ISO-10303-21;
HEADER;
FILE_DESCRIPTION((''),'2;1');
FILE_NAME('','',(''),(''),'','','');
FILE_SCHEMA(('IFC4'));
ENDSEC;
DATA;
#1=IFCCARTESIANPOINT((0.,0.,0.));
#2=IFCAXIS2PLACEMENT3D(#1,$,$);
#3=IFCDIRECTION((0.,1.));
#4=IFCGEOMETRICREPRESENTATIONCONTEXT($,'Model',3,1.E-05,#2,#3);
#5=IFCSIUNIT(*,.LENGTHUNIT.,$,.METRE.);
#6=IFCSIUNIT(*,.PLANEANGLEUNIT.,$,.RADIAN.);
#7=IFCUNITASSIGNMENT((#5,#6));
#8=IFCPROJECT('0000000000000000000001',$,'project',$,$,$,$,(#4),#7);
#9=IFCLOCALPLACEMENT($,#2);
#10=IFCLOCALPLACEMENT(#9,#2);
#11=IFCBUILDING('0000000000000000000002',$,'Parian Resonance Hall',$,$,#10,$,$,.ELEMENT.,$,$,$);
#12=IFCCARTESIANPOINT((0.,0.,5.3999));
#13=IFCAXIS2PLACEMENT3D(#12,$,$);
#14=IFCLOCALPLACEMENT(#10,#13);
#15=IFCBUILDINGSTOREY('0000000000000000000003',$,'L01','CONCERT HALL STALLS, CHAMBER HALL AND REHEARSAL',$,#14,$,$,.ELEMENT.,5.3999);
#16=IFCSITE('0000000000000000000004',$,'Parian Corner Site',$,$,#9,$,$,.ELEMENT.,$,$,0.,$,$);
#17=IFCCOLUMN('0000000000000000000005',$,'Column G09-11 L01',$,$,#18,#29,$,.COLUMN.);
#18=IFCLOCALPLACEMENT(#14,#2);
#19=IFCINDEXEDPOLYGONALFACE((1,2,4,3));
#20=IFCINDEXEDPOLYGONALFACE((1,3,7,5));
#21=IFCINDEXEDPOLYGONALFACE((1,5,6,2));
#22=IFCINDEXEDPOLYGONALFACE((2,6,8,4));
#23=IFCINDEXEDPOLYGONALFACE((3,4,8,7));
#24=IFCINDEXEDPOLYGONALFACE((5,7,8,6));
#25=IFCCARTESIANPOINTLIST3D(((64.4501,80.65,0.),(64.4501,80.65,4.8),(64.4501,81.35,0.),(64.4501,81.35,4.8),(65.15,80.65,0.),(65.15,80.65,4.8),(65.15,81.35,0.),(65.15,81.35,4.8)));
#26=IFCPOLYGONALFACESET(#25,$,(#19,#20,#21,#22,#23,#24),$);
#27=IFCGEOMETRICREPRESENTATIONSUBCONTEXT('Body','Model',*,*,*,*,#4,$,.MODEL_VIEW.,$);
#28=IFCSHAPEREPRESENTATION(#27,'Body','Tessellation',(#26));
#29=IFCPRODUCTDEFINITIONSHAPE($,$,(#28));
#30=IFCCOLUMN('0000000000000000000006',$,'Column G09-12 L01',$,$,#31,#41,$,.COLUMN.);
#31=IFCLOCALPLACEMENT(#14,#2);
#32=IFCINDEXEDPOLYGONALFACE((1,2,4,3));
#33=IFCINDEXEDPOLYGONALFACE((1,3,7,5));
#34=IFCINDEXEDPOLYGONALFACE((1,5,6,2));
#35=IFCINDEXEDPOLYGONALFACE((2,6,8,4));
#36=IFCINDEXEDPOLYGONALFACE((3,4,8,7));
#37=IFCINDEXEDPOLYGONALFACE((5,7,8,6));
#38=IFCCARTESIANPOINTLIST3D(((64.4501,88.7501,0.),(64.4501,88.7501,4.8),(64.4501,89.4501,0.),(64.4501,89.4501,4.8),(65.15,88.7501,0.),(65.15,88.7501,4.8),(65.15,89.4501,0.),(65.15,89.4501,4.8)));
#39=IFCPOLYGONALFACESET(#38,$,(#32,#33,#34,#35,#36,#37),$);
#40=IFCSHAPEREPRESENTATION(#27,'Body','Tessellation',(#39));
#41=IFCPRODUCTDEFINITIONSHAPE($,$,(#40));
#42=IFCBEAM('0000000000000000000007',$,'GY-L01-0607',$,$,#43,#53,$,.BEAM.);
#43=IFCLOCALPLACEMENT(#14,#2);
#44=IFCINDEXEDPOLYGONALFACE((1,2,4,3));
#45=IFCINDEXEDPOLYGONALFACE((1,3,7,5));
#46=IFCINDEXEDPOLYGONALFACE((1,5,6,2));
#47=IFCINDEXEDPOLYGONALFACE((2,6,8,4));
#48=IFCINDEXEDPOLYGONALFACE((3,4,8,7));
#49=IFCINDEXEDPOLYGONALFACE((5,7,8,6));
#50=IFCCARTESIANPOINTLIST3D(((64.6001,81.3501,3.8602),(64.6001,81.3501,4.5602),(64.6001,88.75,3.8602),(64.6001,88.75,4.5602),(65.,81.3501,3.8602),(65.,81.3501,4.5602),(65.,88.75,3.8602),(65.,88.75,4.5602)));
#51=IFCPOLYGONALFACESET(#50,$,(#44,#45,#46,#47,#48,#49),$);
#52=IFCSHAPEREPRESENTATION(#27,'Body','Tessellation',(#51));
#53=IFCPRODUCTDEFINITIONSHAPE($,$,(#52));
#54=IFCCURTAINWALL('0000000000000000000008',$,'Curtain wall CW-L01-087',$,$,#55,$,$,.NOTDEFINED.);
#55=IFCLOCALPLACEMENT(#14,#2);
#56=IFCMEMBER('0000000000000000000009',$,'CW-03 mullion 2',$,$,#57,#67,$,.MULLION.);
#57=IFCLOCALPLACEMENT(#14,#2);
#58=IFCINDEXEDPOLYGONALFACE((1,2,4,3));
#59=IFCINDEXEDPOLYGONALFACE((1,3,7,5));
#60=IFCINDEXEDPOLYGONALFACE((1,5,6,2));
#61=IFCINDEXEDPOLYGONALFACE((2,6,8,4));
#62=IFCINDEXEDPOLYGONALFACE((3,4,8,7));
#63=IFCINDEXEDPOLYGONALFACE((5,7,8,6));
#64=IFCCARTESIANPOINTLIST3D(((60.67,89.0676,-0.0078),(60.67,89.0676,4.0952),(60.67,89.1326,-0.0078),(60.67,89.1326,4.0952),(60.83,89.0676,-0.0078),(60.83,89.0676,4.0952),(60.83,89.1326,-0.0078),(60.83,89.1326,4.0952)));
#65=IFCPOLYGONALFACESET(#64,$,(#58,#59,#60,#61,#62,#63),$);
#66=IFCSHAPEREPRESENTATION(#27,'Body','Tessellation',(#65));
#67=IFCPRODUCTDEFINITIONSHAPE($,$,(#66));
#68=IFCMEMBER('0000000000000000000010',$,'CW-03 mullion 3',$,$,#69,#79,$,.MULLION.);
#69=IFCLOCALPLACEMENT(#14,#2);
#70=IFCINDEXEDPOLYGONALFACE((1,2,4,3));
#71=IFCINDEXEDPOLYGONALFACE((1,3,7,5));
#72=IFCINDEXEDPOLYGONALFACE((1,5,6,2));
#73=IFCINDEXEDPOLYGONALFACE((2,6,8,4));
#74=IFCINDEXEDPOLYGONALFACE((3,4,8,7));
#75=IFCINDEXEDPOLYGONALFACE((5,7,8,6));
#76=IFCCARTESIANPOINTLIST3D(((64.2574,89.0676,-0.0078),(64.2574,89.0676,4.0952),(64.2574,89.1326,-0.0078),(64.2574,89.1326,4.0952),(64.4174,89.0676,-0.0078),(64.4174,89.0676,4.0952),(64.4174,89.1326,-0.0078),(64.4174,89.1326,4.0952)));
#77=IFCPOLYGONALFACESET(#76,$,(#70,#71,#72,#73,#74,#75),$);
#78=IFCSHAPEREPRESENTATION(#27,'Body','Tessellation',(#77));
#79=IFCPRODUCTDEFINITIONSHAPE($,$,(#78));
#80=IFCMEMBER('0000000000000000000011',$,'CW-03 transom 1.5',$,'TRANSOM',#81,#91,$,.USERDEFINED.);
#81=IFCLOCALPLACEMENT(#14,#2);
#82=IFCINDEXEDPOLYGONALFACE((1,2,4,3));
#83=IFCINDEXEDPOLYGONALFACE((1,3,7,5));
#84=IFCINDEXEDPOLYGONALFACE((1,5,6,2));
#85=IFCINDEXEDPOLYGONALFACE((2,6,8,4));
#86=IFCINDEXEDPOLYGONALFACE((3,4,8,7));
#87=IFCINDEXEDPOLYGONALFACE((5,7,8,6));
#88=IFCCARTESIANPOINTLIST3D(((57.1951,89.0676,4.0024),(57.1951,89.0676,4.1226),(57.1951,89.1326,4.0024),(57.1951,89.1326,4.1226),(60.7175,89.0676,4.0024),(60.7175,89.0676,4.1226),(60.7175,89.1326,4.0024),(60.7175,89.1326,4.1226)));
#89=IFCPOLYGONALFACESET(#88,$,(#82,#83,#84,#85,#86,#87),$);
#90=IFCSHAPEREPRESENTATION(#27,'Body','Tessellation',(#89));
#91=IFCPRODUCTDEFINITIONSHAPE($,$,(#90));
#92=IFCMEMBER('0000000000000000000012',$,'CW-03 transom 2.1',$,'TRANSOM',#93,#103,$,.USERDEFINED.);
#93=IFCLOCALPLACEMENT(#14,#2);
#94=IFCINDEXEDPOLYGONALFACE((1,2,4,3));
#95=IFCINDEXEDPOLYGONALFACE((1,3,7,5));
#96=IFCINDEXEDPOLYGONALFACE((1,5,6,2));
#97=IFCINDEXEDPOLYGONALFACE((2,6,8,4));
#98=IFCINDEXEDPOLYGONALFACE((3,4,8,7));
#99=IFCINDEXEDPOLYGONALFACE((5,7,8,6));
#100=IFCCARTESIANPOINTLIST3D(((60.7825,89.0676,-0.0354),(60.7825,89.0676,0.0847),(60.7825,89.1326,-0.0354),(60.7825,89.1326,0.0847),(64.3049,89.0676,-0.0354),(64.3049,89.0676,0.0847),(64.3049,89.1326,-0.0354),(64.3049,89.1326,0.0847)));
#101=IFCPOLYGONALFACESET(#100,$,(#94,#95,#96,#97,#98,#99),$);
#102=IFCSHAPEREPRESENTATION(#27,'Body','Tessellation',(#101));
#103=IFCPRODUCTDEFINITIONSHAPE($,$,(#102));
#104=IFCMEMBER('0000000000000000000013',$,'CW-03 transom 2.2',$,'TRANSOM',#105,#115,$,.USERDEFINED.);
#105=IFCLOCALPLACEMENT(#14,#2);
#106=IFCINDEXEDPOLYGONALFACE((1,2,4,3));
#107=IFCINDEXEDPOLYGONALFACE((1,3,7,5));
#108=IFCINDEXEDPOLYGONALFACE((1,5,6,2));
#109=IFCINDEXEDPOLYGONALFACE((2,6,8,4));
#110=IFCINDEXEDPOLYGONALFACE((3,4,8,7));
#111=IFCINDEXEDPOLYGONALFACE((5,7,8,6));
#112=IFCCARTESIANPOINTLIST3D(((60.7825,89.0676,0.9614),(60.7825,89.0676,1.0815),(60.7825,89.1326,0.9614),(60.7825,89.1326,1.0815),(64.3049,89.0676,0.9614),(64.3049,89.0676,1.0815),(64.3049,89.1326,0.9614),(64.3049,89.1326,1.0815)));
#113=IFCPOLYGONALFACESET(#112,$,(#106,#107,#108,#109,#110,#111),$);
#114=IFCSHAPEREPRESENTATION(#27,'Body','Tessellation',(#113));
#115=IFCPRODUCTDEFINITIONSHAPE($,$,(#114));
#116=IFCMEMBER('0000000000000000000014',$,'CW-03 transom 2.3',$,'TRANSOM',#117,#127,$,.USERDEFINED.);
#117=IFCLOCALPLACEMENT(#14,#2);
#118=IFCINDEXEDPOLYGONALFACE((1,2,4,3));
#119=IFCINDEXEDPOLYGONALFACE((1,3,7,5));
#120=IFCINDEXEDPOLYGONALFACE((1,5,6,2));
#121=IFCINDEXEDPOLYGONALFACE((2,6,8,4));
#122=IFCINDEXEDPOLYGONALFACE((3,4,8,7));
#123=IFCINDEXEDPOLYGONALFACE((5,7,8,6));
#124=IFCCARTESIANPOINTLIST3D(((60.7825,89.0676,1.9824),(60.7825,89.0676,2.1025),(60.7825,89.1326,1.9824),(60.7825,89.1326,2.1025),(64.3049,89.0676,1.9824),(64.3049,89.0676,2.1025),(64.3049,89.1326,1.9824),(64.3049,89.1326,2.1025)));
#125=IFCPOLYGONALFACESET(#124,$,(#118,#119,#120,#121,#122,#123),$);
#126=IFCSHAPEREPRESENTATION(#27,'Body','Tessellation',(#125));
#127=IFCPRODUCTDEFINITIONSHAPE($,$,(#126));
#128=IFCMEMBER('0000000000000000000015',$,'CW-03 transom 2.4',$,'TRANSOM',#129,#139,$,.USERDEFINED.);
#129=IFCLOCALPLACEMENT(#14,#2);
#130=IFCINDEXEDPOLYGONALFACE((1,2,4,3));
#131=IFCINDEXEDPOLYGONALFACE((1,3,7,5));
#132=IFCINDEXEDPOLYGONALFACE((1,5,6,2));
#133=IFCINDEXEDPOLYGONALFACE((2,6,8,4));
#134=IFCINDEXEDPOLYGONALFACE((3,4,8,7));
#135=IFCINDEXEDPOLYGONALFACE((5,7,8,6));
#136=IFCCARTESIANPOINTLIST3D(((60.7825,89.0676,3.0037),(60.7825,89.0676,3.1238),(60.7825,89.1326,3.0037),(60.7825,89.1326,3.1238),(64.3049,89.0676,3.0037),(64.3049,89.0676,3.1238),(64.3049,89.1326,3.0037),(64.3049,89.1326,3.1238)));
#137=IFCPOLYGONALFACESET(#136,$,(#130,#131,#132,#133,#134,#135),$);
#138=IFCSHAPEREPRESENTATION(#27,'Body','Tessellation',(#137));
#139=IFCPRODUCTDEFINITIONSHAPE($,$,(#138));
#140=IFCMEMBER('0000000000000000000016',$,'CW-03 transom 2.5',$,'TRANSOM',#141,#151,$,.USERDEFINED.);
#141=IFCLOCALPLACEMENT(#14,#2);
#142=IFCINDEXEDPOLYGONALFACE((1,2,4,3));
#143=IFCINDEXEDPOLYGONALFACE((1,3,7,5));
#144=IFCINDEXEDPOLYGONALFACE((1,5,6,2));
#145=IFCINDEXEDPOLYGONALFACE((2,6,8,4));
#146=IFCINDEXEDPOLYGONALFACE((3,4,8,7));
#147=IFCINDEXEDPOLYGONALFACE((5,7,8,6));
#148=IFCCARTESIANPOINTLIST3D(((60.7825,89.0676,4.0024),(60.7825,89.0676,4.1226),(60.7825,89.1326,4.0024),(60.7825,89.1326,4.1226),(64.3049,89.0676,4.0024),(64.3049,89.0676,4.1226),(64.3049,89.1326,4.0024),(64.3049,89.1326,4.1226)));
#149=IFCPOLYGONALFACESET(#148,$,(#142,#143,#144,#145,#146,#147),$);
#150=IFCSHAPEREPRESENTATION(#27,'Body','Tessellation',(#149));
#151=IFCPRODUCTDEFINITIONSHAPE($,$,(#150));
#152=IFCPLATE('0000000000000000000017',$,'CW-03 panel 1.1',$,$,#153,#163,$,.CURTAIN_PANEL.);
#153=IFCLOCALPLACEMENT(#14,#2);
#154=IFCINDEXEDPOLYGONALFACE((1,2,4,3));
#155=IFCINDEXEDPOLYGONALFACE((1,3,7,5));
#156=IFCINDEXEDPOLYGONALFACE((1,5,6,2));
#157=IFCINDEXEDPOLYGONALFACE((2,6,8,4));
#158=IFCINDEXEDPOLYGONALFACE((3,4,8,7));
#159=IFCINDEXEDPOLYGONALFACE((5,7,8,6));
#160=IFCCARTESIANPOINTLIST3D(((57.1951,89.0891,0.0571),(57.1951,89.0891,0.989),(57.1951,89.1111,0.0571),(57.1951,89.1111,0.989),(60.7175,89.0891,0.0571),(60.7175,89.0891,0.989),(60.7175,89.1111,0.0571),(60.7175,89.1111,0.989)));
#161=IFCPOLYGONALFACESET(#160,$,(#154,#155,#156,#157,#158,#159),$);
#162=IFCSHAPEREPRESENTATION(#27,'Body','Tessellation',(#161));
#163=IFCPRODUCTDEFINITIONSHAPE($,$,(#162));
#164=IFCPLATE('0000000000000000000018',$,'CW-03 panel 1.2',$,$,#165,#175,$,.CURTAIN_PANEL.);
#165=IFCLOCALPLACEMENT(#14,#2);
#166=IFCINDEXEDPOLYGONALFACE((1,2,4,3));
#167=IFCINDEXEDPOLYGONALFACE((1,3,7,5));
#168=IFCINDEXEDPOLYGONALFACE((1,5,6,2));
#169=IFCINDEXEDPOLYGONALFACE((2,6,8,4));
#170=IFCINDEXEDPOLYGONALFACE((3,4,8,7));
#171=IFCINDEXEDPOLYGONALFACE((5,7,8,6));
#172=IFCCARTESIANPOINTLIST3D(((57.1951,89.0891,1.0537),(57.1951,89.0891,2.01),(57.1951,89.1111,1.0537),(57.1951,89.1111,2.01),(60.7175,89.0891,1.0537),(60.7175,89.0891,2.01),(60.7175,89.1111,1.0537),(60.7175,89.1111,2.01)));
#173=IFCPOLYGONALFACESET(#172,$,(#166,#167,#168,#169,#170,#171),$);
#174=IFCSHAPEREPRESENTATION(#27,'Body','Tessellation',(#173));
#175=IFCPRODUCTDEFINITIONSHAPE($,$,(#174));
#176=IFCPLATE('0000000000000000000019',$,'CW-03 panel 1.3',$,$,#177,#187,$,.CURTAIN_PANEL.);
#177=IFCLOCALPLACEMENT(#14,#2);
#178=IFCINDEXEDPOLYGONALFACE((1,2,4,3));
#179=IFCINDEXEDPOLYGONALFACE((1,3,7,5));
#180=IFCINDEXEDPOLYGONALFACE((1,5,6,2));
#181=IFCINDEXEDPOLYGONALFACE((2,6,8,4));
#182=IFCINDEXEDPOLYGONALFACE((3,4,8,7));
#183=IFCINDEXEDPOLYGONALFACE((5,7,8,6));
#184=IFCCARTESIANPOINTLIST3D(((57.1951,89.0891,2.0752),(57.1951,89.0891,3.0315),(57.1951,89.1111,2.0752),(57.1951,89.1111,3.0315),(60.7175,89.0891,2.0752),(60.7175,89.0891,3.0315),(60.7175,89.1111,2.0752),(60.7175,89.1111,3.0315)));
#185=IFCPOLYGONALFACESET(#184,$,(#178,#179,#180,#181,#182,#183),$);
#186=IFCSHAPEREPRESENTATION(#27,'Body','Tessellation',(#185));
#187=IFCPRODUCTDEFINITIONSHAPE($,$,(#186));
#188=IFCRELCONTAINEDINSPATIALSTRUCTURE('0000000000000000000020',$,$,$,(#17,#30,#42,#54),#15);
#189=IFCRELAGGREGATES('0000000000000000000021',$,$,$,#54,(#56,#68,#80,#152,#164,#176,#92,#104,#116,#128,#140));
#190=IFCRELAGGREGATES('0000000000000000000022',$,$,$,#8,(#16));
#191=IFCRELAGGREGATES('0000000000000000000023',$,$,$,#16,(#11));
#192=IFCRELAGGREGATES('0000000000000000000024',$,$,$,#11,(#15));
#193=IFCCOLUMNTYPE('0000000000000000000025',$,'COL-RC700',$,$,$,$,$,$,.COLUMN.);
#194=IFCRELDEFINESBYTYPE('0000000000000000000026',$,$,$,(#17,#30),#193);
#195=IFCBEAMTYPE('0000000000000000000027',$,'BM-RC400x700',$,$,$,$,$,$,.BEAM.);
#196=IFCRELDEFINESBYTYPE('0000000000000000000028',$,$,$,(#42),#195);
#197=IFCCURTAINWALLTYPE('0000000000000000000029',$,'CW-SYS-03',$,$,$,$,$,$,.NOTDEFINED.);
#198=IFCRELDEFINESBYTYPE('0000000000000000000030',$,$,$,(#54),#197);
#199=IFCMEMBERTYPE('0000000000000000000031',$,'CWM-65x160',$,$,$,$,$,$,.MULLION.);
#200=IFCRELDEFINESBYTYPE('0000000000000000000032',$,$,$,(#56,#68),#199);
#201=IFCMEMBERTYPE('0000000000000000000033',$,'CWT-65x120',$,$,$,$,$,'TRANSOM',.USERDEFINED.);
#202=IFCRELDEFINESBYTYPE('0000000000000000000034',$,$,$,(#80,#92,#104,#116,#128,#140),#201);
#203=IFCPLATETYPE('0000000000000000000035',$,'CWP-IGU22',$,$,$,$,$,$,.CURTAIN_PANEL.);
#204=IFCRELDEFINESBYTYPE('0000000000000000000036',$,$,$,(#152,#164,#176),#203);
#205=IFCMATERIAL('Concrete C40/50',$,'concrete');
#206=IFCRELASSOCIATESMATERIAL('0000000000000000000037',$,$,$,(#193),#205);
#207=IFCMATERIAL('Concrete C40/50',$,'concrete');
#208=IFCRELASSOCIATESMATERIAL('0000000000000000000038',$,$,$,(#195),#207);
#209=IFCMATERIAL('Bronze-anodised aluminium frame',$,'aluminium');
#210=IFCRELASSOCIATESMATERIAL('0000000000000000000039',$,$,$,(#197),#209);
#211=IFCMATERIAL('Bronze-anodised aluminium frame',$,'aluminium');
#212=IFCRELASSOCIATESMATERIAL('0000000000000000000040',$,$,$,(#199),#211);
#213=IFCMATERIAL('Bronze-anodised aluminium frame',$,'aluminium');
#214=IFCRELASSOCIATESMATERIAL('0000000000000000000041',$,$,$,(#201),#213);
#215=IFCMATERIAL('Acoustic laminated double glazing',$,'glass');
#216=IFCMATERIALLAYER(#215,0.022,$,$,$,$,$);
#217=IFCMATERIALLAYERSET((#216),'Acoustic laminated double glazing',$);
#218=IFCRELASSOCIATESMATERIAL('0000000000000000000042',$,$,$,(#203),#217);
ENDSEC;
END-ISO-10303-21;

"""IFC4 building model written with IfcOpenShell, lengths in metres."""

from ifc_helpers import new_model, si_unit, direction, frame, origin, origin_2d, place, context, subcontext, project, spatial, rectangle, extrude, material, layer, layer_set, material_profile, profile_set, type_object, element, aggregate, save


model = new_model("IFC4")

# Units and contexts
model_context = context("Model", 3, precision=1e-05, world=origin(), true_north=direction((0.0, 1.0)))
body_context = subcontext(model_context, "Body", "Model", "MODEL_VIEW")
ifc_project = project(units=[si_unit("LENGTHUNIT", "METRE"), si_unit("PLANEANGLEUNIT", "RADIAN")], contexts=[model_context])

# Site, building, storey
site_placement = place(None, origin())
site = spatial("IfcSite", under=ifc_project, at=site_placement, Name="Parian Corner Site", CompositionType="ELEMENT", RefElevation=0.0)
building_placement = place(site_placement, origin())
building = spatial("IfcBuilding", under=site, at=building_placement, Name="Parian Resonance Hall", CompositionType="ELEMENT")
storey_placement = place(building_placement, frame((0.0, 0.0, 5.3999)))
storey = spatial("IfcBuildingStorey", under=building, at=storey_placement, Name="L01", Description="CONCERT HALL STALLS, CHAMBER HALL AND REHEARSAL", CompositionType="ELEMENT", Elevation=5.3999)

# Columns
ifc_material_1 = material(Name="Concrete C40/50", Category="concrete")
ifc_material_profile_1 = material_profile(ifc_material_1, rectangle(XDim=0.7, YDim=0.7, at=origin_2d()), Name="RC-COL-700x700")
ifc_profile_set_1 = profile_set([ifc_material_profile_1], Name="Concrete C40/50")
column_type = type_object("IfcColumnType", Name="COL-RC700", PredefinedType="COLUMN", material=ifc_profile_set_1)
for number, where, z_axis, x_axis, name in (
    (1, (64.8, 81.0, 0.0), (0.0, 0.0, 1.0), (1.0, 0.0, 0.0), "Column G09-11 L01"),
    (2, (64.8, 89.1001, 0.0), (0.0, 0.0, 1.0), (1.0, 0.0, 0.0), "Column G09-12 L01"),
):
    element("IfcColumn", number, at=place(storey_placement, frame(where, z_axis=z_axis, x_axis=x_axis)), inside=storey, type_object=column_type, Name=name, PredefinedType="COLUMN", context=body_context, shape_type="SweptSolid", body=[
        extrude(rectangle(XDim=0.7, YDim=0.7, at=origin_2d()), origin(), (0.0, 0.0, 1.0), 4.8),
    ])

# Beam
ifc_material_2 = material(Name="Concrete C40/50", Category="concrete")
ifc_material_profile_2 = material_profile(ifc_material_2, rectangle(XDim=0.3999, YDim=0.7, at=origin_2d()), Name="RC-BM-400x700")
ifc_profile_set_2 = profile_set([ifc_material_profile_2], Name="Concrete C40/50")
beam_type = type_object("IfcBeamType", Name="BM-RC400x700", PredefinedType="BEAM", material=ifc_profile_set_2)
beam_placement = place(storey_placement, frame((64.8, 81.3501, 4.2102), z_axis=(0.0, 1.0, 0.0), x_axis=(-1.0, 0.0, 0.0)))
element("IfcBeam", 3, at=beam_placement, inside=storey, type_object=beam_type, Name="GY-L01-0607", PredefinedType="BEAM", context=body_context, shape_type="SweptSolid", body=[
    extrude(rectangle(XDim=0.3999, YDim=0.7, at=origin_2d()), origin(), (0.0, 0.0, 1.0), 7.3999),
])

# Curtain wall, members, plates
ifc_material_3 = material(Name="Bronze-anodised aluminium frame", Category="aluminium")
curtain_wall_type = type_object("IfcCurtainWallType", Name="CW-SYS-03", PredefinedType="NOTDEFINED", material=ifc_material_3)
curtain_wall_placement = place(storey_placement, origin())
curtain_wall = element("IfcCurtainWall", 4, at=curtain_wall_placement, inside=storey, type_object=curtain_wall_type, Name="Curtain wall CW-L01-087", PredefinedType="NOTDEFINED")
ifc_material_4 = material(Name="Bronze-anodised aluminium frame", Category="aluminium")
ifc_material_profile_3 = material_profile(ifc_material_4, rectangle(XDim=0.0649, YDim=0.1599, at=origin_2d()), Name="CWM-65x160")
ifc_profile_set_3 = profile_set([ifc_material_profile_3], Name="Bronze-anodised aluminium frame")
member_type_1 = type_object("IfcMemberType", Name="CWM-65x160", PredefinedType="MULLION", material=ifc_profile_set_3)
member_1_placement = place(storey_placement, frame((60.75, 89.1001, -0.0078), z_axis=(0.0, 0.0, 1.0), x_axis=(0.0, 1.0, 0.0)))
member_1 = element("IfcMember", 5, at=member_1_placement, type_object=member_type_1, Name="CW-03 mullion 2", PredefinedType="MULLION", context=body_context, shape_type="SweptSolid", body=[
    extrude(rectangle(XDim=0.0649, YDim=0.1599, at=origin_2d()), origin(), (0.0, 0.0, 1.0), 4.103),
])
member_2_placement = place(storey_placement, frame((64.3374, 89.1001, -0.0078), z_axis=(0.0, 0.0, 1.0), x_axis=(0.0, 1.0, 0.0)))
member_2 = element("IfcMember", 6, at=member_2_placement, type_object=member_type_1, Name="CW-03 mullion 3", PredefinedType="MULLION", context=body_context, shape_type="SweptSolid", body=[
    extrude(rectangle(XDim=0.0649, YDim=0.1599, at=origin_2d()), origin(), (0.0, 0.0, 1.0), 4.103),
])
ifc_material_5 = material(Name="Bronze-anodised aluminium frame", Category="aluminium")
ifc_material_profile_4 = material_profile(ifc_material_5, rectangle(XDim=0.0649, YDim=0.1201, at=origin_2d()), Name="CWT-65x120")
ifc_profile_set_4 = profile_set([ifc_material_profile_4], Name="Bronze-anodised aluminium frame")
member_type_2 = type_object("IfcMemberType", Name="CWT-65x120", ElementType="TRANSOM", PredefinedType="USERDEFINED", material=ifc_profile_set_4)
member_3_placement = place(storey_placement, frame((57.1951, 89.1001, 4.0625), z_axis=(1.0, 0.0, 0.0), x_axis=(0.0, 1.0, 0.0)))
member_3 = element("IfcMember", 7, at=member_3_placement, type_object=member_type_2, Name="CW-03 transom 1.5", ObjectType="TRANSOM", PredefinedType="USERDEFINED", context=body_context, shape_type="SweptSolid", body=[
    extrude(rectangle(XDim=0.0649, YDim=0.1201, at=origin_2d()), origin(), (0.0, 0.0, 1.0), 3.5225),
])
member_4_placement = place(storey_placement, frame((60.7825, 89.1001, 0.0247), z_axis=(1.0, 0.0, 0.0), x_axis=(0.0, 1.0, 0.0)))
member_4 = element("IfcMember", 8, at=member_4_placement, type_object=member_type_2, Name="CW-03 transom 2.1", ObjectType="TRANSOM", PredefinedType="USERDEFINED", context=body_context, shape_type="SweptSolid", body=[
    extrude(rectangle(XDim=0.0649, YDim=0.1201, at=origin_2d()), origin(), (0.0, 0.0, 1.0), 3.5225),
])
member_5_placement = place(storey_placement, frame((60.7825, 89.1001, 1.0215), z_axis=(1.0, 0.0, 0.0), x_axis=(0.0, 1.0, 0.0)))
member_5 = element("IfcMember", 9, at=member_5_placement, type_object=member_type_2, Name="CW-03 transom 2.2", ObjectType="TRANSOM", PredefinedType="USERDEFINED", context=body_context, shape_type="SweptSolid", body=[
    extrude(rectangle(XDim=0.0649, YDim=0.1201, at=origin_2d()), origin(), (0.0, 0.0, 1.0), 3.5225),
])
member_6_placement = place(storey_placement, frame((60.7825, 89.1001, 2.0425), z_axis=(1.0, 0.0, 0.0), x_axis=(0.0, 1.0, 0.0)))
member_6 = element("IfcMember", 10, at=member_6_placement, type_object=member_type_2, Name="CW-03 transom 2.3", ObjectType="TRANSOM", PredefinedType="USERDEFINED", context=body_context, shape_type="SweptSolid", body=[
    extrude(rectangle(XDim=0.0649, YDim=0.1201, at=origin_2d()), origin(), (0.0, 0.0, 1.0), 3.5225),
])
member_7_placement = place(storey_placement, frame((60.7825, 89.1001, 3.0637), z_axis=(1.0, 0.0, 0.0), x_axis=(0.0, 1.0, 0.0)))
member_7 = element("IfcMember", 11, at=member_7_placement, type_object=member_type_2, Name="CW-03 transom 2.4", ObjectType="TRANSOM", PredefinedType="USERDEFINED", context=body_context, shape_type="SweptSolid", body=[
    extrude(rectangle(XDim=0.0649, YDim=0.1201, at=origin_2d()), origin(), (0.0, 0.0, 1.0), 3.5225),
])
member_8_placement = place(storey_placement, frame((60.7825, 89.1001, 4.0625), z_axis=(1.0, 0.0, 0.0), x_axis=(0.0, 1.0, 0.0)))
member_8 = element("IfcMember", 12, at=member_8_placement, type_object=member_type_2, Name="CW-03 transom 2.5", ObjectType="TRANSOM", PredefinedType="USERDEFINED", context=body_context, shape_type="SweptSolid", body=[
    extrude(rectangle(XDim=0.0649, YDim=0.1201, at=origin_2d()), origin(), (0.0, 0.0, 1.0), 3.5225),
])
ifc_material_6 = material(Name="Acoustic laminated double glazing", Category="glass")
ifc_layer_1 = layer(ifc_material_6, 0.022)
ifc_layer_set_1 = layer_set([ifc_layer_1], Name="Acoustic laminated double glazing")
plate_type = type_object("IfcPlateType", Name="CWP-IGU22", PredefinedType="CURTAIN_PANEL", material=ifc_layer_set_1)
plate_1_placement = place(storey_placement, frame((58.9563, 89.1001, 0.0571), z_axis=(0.0, 0.0, 1.0), x_axis=(1.0, 0.0, 0.0)))
plate_1 = element("IfcPlate", 13, at=plate_1_placement, type_object=plate_type, Name="CW-03 panel 1.1", PredefinedType="CURTAIN_PANEL", context=body_context, shape_type="SweptSolid", body=[
    extrude(rectangle(XDim=3.5225, YDim=0.022, at=origin_2d()), origin(), (0.0, 0.0, 1.0), 0.9319),
])
plate_2_placement = place(storey_placement, frame((58.9563, 89.1001, 1.0537), z_axis=(0.0, 0.0, 1.0), x_axis=(1.0, 0.0, 0.0)))
plate_2 = element("IfcPlate", 14, at=plate_2_placement, type_object=plate_type, Name="CW-03 panel 1.2", PredefinedType="CURTAIN_PANEL", context=body_context, shape_type="SweptSolid", body=[
    extrude(rectangle(XDim=3.5225, YDim=0.022, at=origin_2d()), origin(), (0.0, 0.0, 1.0), 0.9563),
])
plate_3_placement = place(storey_placement, frame((58.9563, 89.1001, 2.0752), z_axis=(0.0, 0.0, 1.0), x_axis=(1.0, 0.0, 0.0)))
plate_3 = element("IfcPlate", 15, at=plate_3_placement, type_object=plate_type, Name="CW-03 panel 1.3", PredefinedType="CURTAIN_PANEL", context=body_context, shape_type="SweptSolid", body=[
    extrude(rectangle(XDim=3.5225, YDim=0.022, at=origin_2d()), origin(), (0.0, 0.0, 1.0), 0.9563),
])
aggregate(curtain_wall, [member_1, member_2, member_3, plate_1, plate_2, plate_3, member_4, member_5, member_6, member_7, member_8])

save(model, "model.ifc")
